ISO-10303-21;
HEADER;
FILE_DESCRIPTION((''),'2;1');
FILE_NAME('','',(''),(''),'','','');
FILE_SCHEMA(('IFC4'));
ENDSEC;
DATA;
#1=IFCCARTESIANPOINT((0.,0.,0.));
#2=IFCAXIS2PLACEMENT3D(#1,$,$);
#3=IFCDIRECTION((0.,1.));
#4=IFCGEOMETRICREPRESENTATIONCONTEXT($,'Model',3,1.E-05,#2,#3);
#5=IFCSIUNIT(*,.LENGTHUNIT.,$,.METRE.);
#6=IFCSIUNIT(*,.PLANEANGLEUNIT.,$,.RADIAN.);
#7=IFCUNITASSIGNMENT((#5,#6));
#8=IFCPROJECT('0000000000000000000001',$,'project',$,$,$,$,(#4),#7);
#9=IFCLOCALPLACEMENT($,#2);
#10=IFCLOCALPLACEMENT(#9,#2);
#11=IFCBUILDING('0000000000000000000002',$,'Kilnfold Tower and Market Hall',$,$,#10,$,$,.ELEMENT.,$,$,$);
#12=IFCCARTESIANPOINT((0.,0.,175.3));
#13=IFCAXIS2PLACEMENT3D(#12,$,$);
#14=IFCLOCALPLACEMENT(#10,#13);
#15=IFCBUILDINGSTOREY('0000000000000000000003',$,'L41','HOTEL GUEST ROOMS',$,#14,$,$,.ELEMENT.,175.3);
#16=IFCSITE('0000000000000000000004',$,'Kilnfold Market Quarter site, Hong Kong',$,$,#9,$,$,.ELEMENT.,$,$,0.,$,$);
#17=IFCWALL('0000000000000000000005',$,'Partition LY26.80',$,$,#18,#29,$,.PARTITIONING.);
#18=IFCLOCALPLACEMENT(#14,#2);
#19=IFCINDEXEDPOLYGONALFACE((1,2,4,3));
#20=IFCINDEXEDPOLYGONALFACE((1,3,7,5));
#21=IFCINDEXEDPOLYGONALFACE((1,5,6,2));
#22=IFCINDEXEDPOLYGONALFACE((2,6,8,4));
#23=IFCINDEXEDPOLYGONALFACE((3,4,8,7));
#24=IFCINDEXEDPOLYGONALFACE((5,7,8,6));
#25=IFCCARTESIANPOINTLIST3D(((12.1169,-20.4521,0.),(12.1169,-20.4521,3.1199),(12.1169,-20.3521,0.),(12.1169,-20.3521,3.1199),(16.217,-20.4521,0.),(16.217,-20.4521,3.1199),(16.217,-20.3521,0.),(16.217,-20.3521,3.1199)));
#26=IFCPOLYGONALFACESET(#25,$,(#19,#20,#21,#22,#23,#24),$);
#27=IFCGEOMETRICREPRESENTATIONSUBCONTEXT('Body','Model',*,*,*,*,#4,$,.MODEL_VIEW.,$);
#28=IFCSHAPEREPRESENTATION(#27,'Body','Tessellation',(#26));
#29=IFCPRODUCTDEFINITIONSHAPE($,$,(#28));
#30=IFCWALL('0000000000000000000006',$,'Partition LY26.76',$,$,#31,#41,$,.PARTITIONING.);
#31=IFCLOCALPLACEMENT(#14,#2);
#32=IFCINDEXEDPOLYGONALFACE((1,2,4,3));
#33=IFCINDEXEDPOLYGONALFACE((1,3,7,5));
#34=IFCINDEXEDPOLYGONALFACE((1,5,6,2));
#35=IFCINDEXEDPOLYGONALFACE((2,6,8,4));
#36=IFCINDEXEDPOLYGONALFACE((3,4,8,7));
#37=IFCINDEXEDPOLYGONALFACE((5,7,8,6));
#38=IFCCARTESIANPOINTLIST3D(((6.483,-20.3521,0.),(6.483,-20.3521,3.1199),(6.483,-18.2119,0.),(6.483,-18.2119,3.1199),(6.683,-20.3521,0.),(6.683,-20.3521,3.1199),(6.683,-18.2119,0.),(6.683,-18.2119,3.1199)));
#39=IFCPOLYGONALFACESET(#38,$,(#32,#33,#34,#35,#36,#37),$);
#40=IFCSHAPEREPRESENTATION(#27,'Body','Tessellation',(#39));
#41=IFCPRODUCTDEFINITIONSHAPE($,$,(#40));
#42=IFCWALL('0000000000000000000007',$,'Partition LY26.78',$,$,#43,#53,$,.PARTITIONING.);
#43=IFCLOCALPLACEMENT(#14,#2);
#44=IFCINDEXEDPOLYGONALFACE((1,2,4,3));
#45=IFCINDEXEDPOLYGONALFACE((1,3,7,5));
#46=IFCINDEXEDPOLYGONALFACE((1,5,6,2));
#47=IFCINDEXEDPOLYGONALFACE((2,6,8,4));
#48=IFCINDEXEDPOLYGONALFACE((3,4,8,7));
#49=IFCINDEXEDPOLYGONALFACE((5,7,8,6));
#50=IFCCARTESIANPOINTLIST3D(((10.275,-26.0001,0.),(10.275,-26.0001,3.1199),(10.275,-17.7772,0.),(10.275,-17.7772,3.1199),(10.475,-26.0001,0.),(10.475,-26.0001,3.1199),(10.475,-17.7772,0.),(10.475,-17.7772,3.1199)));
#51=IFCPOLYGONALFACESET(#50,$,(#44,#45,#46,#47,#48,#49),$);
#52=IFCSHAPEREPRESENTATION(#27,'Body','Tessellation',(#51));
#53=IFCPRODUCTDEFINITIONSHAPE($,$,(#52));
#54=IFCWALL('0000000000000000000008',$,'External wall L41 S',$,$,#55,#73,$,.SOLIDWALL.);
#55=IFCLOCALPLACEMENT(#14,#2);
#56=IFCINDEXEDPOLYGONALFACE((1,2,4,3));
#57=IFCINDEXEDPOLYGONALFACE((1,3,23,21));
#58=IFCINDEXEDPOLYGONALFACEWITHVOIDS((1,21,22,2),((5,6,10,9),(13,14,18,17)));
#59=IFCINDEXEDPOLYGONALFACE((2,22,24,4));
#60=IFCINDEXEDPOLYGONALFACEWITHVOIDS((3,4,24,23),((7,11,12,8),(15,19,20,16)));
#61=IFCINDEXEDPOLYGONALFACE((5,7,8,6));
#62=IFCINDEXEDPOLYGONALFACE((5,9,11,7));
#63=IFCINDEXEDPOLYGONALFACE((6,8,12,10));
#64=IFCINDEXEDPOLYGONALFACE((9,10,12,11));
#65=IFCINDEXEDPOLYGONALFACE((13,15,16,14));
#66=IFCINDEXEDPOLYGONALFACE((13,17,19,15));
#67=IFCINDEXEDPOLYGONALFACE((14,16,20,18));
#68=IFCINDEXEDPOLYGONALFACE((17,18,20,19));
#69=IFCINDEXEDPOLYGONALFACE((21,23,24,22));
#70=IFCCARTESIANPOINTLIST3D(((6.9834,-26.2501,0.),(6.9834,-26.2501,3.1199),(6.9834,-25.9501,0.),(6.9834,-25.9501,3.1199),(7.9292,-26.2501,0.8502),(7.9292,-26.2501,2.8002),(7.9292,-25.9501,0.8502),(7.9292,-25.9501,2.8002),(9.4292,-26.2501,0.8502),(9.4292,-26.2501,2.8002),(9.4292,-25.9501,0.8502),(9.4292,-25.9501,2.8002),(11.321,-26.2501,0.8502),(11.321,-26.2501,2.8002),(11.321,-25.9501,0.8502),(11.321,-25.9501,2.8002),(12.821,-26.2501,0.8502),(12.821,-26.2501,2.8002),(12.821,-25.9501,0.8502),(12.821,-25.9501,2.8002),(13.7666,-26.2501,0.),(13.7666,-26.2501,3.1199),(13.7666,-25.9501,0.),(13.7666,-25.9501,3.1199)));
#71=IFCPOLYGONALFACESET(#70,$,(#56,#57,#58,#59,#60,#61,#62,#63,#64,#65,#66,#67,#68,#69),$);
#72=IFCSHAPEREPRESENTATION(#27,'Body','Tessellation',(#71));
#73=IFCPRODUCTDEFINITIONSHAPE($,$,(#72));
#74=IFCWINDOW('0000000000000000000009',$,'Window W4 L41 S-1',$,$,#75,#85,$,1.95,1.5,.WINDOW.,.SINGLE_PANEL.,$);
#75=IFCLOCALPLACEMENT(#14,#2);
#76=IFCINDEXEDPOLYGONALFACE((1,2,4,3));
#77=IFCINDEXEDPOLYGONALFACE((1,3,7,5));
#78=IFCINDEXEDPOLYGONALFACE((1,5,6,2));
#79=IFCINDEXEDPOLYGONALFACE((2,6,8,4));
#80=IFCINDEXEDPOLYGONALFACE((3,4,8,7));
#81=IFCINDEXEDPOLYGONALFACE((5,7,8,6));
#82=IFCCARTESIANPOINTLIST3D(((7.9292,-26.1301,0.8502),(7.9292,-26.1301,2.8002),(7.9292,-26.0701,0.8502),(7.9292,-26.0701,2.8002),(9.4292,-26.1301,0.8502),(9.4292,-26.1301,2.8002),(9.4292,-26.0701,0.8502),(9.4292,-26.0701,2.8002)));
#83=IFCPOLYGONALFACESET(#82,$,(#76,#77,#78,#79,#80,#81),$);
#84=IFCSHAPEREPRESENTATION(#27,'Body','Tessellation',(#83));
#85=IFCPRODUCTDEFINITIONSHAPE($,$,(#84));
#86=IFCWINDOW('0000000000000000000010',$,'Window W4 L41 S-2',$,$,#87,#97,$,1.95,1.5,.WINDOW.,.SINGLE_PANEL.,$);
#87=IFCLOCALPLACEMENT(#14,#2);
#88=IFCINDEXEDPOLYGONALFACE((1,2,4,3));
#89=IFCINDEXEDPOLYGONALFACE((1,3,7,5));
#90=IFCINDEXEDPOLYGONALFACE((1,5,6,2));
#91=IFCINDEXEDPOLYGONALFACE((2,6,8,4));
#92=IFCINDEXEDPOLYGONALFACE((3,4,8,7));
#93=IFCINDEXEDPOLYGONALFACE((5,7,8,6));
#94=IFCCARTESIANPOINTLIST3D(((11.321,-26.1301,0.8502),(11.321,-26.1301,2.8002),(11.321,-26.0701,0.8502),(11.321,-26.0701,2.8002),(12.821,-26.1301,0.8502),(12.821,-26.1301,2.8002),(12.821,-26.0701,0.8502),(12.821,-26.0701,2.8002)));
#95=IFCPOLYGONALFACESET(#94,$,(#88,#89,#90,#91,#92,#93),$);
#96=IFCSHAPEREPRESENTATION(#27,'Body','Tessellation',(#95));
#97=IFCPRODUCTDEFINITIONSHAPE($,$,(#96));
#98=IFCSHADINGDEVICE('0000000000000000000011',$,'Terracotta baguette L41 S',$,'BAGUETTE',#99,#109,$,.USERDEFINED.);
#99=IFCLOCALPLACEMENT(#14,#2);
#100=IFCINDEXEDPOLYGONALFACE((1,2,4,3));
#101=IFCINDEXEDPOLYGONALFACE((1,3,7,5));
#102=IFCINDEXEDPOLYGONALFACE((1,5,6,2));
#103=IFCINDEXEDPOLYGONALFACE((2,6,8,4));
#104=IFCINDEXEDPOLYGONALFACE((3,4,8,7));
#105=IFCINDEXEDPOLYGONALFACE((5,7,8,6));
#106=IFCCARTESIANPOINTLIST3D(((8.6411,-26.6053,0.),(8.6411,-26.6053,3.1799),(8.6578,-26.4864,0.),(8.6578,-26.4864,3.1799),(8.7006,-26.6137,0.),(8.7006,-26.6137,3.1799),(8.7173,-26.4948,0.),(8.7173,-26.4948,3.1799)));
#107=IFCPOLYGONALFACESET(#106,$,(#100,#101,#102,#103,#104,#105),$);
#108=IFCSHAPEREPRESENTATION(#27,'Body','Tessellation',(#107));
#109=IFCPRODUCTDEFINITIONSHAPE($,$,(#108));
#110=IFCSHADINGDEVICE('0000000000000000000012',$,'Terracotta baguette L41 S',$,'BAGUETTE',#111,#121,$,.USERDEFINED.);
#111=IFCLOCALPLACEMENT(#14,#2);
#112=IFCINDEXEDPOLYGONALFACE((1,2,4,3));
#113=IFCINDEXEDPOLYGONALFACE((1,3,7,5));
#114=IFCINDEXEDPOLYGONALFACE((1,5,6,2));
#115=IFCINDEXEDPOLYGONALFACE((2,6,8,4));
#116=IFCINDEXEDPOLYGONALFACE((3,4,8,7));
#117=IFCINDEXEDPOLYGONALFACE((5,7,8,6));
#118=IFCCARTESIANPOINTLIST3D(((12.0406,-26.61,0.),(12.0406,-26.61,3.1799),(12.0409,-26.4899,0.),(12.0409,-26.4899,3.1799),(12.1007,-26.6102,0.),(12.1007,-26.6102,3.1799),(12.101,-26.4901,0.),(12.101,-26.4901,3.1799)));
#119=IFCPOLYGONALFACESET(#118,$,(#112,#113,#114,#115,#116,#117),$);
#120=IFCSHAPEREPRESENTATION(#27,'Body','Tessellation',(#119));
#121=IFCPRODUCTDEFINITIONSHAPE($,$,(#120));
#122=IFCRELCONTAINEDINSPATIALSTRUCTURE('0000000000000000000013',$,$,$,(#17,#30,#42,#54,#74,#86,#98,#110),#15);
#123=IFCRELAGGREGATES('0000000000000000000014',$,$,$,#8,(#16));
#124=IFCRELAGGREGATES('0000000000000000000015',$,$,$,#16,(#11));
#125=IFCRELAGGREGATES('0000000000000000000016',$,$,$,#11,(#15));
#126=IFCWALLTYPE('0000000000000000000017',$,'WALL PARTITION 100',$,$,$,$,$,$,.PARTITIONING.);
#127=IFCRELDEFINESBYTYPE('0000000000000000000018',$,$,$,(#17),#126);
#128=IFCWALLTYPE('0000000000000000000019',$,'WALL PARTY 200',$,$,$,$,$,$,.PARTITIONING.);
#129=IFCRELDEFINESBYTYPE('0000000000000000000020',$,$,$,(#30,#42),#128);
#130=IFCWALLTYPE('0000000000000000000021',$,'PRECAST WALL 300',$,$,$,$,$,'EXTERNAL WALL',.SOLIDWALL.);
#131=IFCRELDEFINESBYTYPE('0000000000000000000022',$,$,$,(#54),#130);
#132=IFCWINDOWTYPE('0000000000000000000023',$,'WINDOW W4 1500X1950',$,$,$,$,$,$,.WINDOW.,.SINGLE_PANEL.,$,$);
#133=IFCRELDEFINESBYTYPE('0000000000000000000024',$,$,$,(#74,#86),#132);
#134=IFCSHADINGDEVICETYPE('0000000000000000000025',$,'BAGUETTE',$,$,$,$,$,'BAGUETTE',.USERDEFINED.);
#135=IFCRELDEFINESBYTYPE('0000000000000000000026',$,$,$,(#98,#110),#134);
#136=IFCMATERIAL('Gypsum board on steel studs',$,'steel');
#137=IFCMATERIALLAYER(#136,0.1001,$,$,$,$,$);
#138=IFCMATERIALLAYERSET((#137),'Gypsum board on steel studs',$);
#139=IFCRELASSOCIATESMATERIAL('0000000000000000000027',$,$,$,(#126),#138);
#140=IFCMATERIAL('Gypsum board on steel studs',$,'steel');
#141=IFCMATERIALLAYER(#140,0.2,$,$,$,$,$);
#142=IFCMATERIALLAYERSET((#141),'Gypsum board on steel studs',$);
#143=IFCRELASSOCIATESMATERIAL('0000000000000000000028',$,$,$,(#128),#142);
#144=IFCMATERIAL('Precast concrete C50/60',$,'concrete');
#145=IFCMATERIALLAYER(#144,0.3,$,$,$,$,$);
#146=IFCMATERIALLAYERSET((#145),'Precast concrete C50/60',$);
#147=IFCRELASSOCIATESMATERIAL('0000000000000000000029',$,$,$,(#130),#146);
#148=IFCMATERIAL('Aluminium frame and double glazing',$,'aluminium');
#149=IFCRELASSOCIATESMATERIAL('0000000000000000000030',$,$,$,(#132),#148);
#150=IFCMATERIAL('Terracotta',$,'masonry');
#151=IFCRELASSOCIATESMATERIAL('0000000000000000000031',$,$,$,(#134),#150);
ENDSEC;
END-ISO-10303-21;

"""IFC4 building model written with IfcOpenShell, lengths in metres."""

from ifc_helpers import new_model, si_unit, direction, frame, frame_2d, origin, origin_2d, place, context, subcontext, project, spatial, rectangle, extrude, source, transform, mapped, material, layer, layer_set, material_profile, profile_set, type_object, element, fill, save


model = new_model("IFC4")

# Units and contexts
model_context = context("Model", 3, precision=1e-05, world=origin(), true_north=direction((0.0, 1.0)))
body_context = subcontext(model_context, "Body", "Model", "MODEL_VIEW")
ifc_project = project(units=[si_unit("LENGTHUNIT", "METRE"), si_unit("PLANEANGLEUNIT", "RADIAN")], contexts=[model_context])

# Site, building, storey
site_placement = place(None, origin())
site = spatial("IfcSite", under=ifc_project, at=site_placement, Name="Kilnfold Market Quarter site, Hong Kong", CompositionType="ELEMENT", RefElevation=0.0)
building_placement = place(site_placement, origin())
building = spatial("IfcBuilding", under=site, at=building_placement, Name="Kilnfold Tower and Market Hall", CompositionType="ELEMENT")
storey_placement = place(building_placement, frame((0.0, 0.0, 175.3)))
storey = spatial("IfcBuildingStorey", under=building, at=storey_placement, Name="L41", Description="HOTEL GUEST ROOMS", CompositionType="ELEMENT", Elevation=175.3)

# Shared definitions
ifc_material_1 = material(Name="Gypsum board on steel studs", Category="steel")
ifc_layer_1 = layer(ifc_material_1, 0.1001)
ifc_layer_set_1 = layer_set([ifc_layer_1], Name="Gypsum board on steel studs")
wall_type_1 = type_object("IfcWallType", Name="WALL PARTITION 100", PredefinedType="PARTITIONING", material=ifc_layer_set_1)

# Walls
wall_1_placement = place(storey_placement, frame((12.1169, -20.4021, 0.0), z_axis=(0.0, 0.0, 1.0), x_axis=(1.0, 0.0, 0.0)))
element("IfcWall", 1, at=wall_1_placement, inside=storey, type_object=wall_type_1, Name="Partition LY26.80", PredefinedType="PARTITIONING", context=body_context, shape_type="SweptSolid", body=[
    extrude(rectangle(XDim=4.1001, YDim=0.1001, at=frame_2d((2.05, 0.0))), origin(), (0.0, 0.0, 1.0), 3.1199),
])
ifc_material_2 = material(Name="Gypsum board on steel studs", Category="steel")
ifc_layer_2 = layer(ifc_material_2, 0.2)
ifc_layer_set_2 = layer_set([ifc_layer_2], Name="Gypsum board on steel studs")
wall_type_2 = type_object("IfcWallType", Name="WALL PARTY 200", PredefinedType="PARTITIONING", material=ifc_layer_set_2)
wall_2_placement = place(storey_placement, frame((6.583, -20.3521, 0.0), z_axis=(0.0, 0.0, 1.0), x_axis=(0.0, 1.0, 0.0)))
element("IfcWall", 2, at=wall_2_placement, inside=storey, type_object=wall_type_2, Name="Partition LY26.76", PredefinedType="PARTITIONING", context=body_context, shape_type="SweptSolid", body=[
    extrude(rectangle(XDim=2.1401, YDim=0.2, at=frame_2d((1.0701, 0.0))), origin(), (0.0, 0.0, 1.0), 3.1199),
])
wall_3_placement = place(storey_placement, frame((10.375, -26.0, 0.0), z_axis=(0.0, 0.0, 1.0), x_axis=(0.0, 1.0, 0.0)))
element("IfcWall", 3, at=wall_3_placement, inside=storey, type_object=wall_type_2, Name="Partition LY26.78", PredefinedType="PARTITIONING", context=body_context, shape_type="SweptSolid", body=[
    extrude(rectangle(XDim=8.2229, YDim=0.2, at=frame_2d((4.1113, 0.0))), origin(), (0.0, 0.0, 1.0), 3.1199),
])

# Wall, openings, windows
ifc_material_3 = material(Name="Precast concrete C50/60", Category="concrete")
ifc_layer_3 = layer(ifc_material_3, 0.3)
ifc_layer_set_3 = layer_set([ifc_layer_3], Name="Precast concrete C50/60")
wall_type_3 = type_object("IfcWallType", Name="PRECAST WALL 300", ElementType="EXTERNAL WALL", PredefinedType="SOLIDWALL", material=ifc_layer_set_3)
shared_shape_1 = source(origin(), body_context, "Body", "SweptSolid", [
    extrude(rectangle(XDim=6.7832, YDim=0.3, at=frame_2d((3.3916, 0.0))), origin(), (0.0, 0.0, 1.0), 3.1199),
])
wall_4_placement = place(storey_placement, frame((6.9834, -26.1001, 0.0), z_axis=(0.0, 0.0, 1.0), x_axis=(1.0, 0.0, 0.0)))
wall_4 = element("IfcWall", 4, at=wall_4_placement, inside=storey, type_object=wall_type_3, Name="External wall L41 S", PredefinedType="SOLIDWALL", context=body_context, shape_type="MappedRepresentation", body=[
    mapped(shared_shape_1, transform((0.0, 0.0, 0.0))),
])
opening_1_placement = place(wall_4_placement, frame((0.9458, 0.0, 0.8501)))
opening_1 = element("IfcOpeningElement", 5, at=opening_1_placement, cuts=wall_4, PredefinedType="OPENING", context=body_context, shape_type="SweptSolid", body=[
    extrude(rectangle(XDim=1.5, YDim=1.95, at=frame_2d((0.75, 0.9751))), frame((0.0, 0.1602, 0.0), z_axis=(0.0, -1.0, 0.0), x_axis=(1.0, 0.0, 0.0)), (0.0, 0.0, 1.0), 0.3201),
])
opening_2_placement = place(wall_4_placement, frame((4.3376, 0.0, 0.8501)))
opening_2 = element("IfcOpeningElement", 6, at=opening_2_placement, cuts=wall_4, PredefinedType="OPENING", context=body_context, shape_type="SweptSolid", body=[
    extrude(rectangle(XDim=1.5, YDim=1.95, at=frame_2d((0.75, 0.9751))), frame((0.0, 0.1602, 0.0), z_axis=(0.0, -1.0, 0.0), x_axis=(1.0, 0.0, 0.0)), (0.0, 0.0, 1.0), 0.3201),
])
ifc_material_4 = material(Name="Aluminium frame and double glazing", Category="aluminium")
window_type = type_object("IfcWindowType", Name="WINDOW W4 1500X1950", PartitioningType="SINGLE_PANEL", PredefinedType="WINDOW", material=ifc_material_4)
window_1_placement = place(opening_1_placement, origin())
window_1 = element("IfcWindow", 7, at=window_1_placement, inside=storey, type_object=window_type, Name="Window W4 L41 S-1", OverallHeight=1.95, OverallWidth=1.5, PartitioningType="SINGLE_PANEL", PredefinedType="WINDOW", context=body_context, shape_type="SweptSolid", body=[
    extrude(rectangle(XDim=1.5, YDim=1.95, at=frame_2d((0.75, 0.9751))), frame((0.0, 0.03, 0.0), z_axis=(0.0, -1.0, 0.0), x_axis=(1.0, 0.0, 0.0)), (0.0, 0.0, 1.0), 0.0601),
])
fill(opening_1, window_1)
window_2_placement = place(opening_2_placement, origin())
window_2 = element("IfcWindow", 8, at=window_2_placement, inside=storey, type_object=window_type, Name="Window W4 L41 S-2", OverallHeight=1.95, OverallWidth=1.5, PartitioningType="SINGLE_PANEL", PredefinedType="WINDOW", context=body_context, shape_type="SweptSolid", body=[
    extrude(rectangle(XDim=1.5, YDim=1.95, at=frame_2d((0.75, 0.9751))), frame((0.0, 0.03, 0.0), z_axis=(0.0, -1.0, 0.0), x_axis=(1.0, 0.0, 0.0)), (0.0, 0.0, 1.0), 0.0601),
])
fill(opening_2, window_2)

# Shading devices
ifc_material_5 = material(Name="Terracotta", Category="masonry")
ifc_material_profile_1 = material_profile(ifc_material_5, rectangle(XDim=0.0601, YDim=0.1201, at=origin_2d()), Name="BAG 60x120")
ifc_profile_set_1 = profile_set([ifc_material_profile_1], Name="Terracotta")
shading_device_type = type_object("IfcShadingDeviceType", Name="BAGUETTE", ElementType="BAGUETTE", PredefinedType="USERDEFINED", material=ifc_profile_set_1)
shared_shape_2 = source(origin(), body_context, "Body", "SweptSolid", [
    extrude(rectangle(XDim=0.0601, YDim=0.1201, at=origin_2d()), origin(), (0.0, 0.0, 1.0), 3.1799),
])
for number, where, z_axis, x_axis, name in (
    (9, (8.6792, -26.55, 0.0), (0.0, 0.0, 1.0), (0.990279, -0.139095, 0.0), "Terracotta baguette L41 S"),
    (10, (12.0708, -26.55, 0.0), (0.0, 0.0, 1.0), (0.999998, -0.002077, 0.0), "Terracotta baguette L41 S"),
):
    element("IfcShadingDevice", number, at=place(storey_placement, frame(where, z_axis=z_axis, x_axis=x_axis)), inside=storey, type_object=shading_device_type, Name=name, ObjectType="BAGUETTE", PredefinedType="USERDEFINED", context=body_context, shape_type="MappedRepresentation", body=[
        mapped(shared_shape_2, transform((0.0, 0.0, 0.0))),
    ])

save(model, "model.ifc")
